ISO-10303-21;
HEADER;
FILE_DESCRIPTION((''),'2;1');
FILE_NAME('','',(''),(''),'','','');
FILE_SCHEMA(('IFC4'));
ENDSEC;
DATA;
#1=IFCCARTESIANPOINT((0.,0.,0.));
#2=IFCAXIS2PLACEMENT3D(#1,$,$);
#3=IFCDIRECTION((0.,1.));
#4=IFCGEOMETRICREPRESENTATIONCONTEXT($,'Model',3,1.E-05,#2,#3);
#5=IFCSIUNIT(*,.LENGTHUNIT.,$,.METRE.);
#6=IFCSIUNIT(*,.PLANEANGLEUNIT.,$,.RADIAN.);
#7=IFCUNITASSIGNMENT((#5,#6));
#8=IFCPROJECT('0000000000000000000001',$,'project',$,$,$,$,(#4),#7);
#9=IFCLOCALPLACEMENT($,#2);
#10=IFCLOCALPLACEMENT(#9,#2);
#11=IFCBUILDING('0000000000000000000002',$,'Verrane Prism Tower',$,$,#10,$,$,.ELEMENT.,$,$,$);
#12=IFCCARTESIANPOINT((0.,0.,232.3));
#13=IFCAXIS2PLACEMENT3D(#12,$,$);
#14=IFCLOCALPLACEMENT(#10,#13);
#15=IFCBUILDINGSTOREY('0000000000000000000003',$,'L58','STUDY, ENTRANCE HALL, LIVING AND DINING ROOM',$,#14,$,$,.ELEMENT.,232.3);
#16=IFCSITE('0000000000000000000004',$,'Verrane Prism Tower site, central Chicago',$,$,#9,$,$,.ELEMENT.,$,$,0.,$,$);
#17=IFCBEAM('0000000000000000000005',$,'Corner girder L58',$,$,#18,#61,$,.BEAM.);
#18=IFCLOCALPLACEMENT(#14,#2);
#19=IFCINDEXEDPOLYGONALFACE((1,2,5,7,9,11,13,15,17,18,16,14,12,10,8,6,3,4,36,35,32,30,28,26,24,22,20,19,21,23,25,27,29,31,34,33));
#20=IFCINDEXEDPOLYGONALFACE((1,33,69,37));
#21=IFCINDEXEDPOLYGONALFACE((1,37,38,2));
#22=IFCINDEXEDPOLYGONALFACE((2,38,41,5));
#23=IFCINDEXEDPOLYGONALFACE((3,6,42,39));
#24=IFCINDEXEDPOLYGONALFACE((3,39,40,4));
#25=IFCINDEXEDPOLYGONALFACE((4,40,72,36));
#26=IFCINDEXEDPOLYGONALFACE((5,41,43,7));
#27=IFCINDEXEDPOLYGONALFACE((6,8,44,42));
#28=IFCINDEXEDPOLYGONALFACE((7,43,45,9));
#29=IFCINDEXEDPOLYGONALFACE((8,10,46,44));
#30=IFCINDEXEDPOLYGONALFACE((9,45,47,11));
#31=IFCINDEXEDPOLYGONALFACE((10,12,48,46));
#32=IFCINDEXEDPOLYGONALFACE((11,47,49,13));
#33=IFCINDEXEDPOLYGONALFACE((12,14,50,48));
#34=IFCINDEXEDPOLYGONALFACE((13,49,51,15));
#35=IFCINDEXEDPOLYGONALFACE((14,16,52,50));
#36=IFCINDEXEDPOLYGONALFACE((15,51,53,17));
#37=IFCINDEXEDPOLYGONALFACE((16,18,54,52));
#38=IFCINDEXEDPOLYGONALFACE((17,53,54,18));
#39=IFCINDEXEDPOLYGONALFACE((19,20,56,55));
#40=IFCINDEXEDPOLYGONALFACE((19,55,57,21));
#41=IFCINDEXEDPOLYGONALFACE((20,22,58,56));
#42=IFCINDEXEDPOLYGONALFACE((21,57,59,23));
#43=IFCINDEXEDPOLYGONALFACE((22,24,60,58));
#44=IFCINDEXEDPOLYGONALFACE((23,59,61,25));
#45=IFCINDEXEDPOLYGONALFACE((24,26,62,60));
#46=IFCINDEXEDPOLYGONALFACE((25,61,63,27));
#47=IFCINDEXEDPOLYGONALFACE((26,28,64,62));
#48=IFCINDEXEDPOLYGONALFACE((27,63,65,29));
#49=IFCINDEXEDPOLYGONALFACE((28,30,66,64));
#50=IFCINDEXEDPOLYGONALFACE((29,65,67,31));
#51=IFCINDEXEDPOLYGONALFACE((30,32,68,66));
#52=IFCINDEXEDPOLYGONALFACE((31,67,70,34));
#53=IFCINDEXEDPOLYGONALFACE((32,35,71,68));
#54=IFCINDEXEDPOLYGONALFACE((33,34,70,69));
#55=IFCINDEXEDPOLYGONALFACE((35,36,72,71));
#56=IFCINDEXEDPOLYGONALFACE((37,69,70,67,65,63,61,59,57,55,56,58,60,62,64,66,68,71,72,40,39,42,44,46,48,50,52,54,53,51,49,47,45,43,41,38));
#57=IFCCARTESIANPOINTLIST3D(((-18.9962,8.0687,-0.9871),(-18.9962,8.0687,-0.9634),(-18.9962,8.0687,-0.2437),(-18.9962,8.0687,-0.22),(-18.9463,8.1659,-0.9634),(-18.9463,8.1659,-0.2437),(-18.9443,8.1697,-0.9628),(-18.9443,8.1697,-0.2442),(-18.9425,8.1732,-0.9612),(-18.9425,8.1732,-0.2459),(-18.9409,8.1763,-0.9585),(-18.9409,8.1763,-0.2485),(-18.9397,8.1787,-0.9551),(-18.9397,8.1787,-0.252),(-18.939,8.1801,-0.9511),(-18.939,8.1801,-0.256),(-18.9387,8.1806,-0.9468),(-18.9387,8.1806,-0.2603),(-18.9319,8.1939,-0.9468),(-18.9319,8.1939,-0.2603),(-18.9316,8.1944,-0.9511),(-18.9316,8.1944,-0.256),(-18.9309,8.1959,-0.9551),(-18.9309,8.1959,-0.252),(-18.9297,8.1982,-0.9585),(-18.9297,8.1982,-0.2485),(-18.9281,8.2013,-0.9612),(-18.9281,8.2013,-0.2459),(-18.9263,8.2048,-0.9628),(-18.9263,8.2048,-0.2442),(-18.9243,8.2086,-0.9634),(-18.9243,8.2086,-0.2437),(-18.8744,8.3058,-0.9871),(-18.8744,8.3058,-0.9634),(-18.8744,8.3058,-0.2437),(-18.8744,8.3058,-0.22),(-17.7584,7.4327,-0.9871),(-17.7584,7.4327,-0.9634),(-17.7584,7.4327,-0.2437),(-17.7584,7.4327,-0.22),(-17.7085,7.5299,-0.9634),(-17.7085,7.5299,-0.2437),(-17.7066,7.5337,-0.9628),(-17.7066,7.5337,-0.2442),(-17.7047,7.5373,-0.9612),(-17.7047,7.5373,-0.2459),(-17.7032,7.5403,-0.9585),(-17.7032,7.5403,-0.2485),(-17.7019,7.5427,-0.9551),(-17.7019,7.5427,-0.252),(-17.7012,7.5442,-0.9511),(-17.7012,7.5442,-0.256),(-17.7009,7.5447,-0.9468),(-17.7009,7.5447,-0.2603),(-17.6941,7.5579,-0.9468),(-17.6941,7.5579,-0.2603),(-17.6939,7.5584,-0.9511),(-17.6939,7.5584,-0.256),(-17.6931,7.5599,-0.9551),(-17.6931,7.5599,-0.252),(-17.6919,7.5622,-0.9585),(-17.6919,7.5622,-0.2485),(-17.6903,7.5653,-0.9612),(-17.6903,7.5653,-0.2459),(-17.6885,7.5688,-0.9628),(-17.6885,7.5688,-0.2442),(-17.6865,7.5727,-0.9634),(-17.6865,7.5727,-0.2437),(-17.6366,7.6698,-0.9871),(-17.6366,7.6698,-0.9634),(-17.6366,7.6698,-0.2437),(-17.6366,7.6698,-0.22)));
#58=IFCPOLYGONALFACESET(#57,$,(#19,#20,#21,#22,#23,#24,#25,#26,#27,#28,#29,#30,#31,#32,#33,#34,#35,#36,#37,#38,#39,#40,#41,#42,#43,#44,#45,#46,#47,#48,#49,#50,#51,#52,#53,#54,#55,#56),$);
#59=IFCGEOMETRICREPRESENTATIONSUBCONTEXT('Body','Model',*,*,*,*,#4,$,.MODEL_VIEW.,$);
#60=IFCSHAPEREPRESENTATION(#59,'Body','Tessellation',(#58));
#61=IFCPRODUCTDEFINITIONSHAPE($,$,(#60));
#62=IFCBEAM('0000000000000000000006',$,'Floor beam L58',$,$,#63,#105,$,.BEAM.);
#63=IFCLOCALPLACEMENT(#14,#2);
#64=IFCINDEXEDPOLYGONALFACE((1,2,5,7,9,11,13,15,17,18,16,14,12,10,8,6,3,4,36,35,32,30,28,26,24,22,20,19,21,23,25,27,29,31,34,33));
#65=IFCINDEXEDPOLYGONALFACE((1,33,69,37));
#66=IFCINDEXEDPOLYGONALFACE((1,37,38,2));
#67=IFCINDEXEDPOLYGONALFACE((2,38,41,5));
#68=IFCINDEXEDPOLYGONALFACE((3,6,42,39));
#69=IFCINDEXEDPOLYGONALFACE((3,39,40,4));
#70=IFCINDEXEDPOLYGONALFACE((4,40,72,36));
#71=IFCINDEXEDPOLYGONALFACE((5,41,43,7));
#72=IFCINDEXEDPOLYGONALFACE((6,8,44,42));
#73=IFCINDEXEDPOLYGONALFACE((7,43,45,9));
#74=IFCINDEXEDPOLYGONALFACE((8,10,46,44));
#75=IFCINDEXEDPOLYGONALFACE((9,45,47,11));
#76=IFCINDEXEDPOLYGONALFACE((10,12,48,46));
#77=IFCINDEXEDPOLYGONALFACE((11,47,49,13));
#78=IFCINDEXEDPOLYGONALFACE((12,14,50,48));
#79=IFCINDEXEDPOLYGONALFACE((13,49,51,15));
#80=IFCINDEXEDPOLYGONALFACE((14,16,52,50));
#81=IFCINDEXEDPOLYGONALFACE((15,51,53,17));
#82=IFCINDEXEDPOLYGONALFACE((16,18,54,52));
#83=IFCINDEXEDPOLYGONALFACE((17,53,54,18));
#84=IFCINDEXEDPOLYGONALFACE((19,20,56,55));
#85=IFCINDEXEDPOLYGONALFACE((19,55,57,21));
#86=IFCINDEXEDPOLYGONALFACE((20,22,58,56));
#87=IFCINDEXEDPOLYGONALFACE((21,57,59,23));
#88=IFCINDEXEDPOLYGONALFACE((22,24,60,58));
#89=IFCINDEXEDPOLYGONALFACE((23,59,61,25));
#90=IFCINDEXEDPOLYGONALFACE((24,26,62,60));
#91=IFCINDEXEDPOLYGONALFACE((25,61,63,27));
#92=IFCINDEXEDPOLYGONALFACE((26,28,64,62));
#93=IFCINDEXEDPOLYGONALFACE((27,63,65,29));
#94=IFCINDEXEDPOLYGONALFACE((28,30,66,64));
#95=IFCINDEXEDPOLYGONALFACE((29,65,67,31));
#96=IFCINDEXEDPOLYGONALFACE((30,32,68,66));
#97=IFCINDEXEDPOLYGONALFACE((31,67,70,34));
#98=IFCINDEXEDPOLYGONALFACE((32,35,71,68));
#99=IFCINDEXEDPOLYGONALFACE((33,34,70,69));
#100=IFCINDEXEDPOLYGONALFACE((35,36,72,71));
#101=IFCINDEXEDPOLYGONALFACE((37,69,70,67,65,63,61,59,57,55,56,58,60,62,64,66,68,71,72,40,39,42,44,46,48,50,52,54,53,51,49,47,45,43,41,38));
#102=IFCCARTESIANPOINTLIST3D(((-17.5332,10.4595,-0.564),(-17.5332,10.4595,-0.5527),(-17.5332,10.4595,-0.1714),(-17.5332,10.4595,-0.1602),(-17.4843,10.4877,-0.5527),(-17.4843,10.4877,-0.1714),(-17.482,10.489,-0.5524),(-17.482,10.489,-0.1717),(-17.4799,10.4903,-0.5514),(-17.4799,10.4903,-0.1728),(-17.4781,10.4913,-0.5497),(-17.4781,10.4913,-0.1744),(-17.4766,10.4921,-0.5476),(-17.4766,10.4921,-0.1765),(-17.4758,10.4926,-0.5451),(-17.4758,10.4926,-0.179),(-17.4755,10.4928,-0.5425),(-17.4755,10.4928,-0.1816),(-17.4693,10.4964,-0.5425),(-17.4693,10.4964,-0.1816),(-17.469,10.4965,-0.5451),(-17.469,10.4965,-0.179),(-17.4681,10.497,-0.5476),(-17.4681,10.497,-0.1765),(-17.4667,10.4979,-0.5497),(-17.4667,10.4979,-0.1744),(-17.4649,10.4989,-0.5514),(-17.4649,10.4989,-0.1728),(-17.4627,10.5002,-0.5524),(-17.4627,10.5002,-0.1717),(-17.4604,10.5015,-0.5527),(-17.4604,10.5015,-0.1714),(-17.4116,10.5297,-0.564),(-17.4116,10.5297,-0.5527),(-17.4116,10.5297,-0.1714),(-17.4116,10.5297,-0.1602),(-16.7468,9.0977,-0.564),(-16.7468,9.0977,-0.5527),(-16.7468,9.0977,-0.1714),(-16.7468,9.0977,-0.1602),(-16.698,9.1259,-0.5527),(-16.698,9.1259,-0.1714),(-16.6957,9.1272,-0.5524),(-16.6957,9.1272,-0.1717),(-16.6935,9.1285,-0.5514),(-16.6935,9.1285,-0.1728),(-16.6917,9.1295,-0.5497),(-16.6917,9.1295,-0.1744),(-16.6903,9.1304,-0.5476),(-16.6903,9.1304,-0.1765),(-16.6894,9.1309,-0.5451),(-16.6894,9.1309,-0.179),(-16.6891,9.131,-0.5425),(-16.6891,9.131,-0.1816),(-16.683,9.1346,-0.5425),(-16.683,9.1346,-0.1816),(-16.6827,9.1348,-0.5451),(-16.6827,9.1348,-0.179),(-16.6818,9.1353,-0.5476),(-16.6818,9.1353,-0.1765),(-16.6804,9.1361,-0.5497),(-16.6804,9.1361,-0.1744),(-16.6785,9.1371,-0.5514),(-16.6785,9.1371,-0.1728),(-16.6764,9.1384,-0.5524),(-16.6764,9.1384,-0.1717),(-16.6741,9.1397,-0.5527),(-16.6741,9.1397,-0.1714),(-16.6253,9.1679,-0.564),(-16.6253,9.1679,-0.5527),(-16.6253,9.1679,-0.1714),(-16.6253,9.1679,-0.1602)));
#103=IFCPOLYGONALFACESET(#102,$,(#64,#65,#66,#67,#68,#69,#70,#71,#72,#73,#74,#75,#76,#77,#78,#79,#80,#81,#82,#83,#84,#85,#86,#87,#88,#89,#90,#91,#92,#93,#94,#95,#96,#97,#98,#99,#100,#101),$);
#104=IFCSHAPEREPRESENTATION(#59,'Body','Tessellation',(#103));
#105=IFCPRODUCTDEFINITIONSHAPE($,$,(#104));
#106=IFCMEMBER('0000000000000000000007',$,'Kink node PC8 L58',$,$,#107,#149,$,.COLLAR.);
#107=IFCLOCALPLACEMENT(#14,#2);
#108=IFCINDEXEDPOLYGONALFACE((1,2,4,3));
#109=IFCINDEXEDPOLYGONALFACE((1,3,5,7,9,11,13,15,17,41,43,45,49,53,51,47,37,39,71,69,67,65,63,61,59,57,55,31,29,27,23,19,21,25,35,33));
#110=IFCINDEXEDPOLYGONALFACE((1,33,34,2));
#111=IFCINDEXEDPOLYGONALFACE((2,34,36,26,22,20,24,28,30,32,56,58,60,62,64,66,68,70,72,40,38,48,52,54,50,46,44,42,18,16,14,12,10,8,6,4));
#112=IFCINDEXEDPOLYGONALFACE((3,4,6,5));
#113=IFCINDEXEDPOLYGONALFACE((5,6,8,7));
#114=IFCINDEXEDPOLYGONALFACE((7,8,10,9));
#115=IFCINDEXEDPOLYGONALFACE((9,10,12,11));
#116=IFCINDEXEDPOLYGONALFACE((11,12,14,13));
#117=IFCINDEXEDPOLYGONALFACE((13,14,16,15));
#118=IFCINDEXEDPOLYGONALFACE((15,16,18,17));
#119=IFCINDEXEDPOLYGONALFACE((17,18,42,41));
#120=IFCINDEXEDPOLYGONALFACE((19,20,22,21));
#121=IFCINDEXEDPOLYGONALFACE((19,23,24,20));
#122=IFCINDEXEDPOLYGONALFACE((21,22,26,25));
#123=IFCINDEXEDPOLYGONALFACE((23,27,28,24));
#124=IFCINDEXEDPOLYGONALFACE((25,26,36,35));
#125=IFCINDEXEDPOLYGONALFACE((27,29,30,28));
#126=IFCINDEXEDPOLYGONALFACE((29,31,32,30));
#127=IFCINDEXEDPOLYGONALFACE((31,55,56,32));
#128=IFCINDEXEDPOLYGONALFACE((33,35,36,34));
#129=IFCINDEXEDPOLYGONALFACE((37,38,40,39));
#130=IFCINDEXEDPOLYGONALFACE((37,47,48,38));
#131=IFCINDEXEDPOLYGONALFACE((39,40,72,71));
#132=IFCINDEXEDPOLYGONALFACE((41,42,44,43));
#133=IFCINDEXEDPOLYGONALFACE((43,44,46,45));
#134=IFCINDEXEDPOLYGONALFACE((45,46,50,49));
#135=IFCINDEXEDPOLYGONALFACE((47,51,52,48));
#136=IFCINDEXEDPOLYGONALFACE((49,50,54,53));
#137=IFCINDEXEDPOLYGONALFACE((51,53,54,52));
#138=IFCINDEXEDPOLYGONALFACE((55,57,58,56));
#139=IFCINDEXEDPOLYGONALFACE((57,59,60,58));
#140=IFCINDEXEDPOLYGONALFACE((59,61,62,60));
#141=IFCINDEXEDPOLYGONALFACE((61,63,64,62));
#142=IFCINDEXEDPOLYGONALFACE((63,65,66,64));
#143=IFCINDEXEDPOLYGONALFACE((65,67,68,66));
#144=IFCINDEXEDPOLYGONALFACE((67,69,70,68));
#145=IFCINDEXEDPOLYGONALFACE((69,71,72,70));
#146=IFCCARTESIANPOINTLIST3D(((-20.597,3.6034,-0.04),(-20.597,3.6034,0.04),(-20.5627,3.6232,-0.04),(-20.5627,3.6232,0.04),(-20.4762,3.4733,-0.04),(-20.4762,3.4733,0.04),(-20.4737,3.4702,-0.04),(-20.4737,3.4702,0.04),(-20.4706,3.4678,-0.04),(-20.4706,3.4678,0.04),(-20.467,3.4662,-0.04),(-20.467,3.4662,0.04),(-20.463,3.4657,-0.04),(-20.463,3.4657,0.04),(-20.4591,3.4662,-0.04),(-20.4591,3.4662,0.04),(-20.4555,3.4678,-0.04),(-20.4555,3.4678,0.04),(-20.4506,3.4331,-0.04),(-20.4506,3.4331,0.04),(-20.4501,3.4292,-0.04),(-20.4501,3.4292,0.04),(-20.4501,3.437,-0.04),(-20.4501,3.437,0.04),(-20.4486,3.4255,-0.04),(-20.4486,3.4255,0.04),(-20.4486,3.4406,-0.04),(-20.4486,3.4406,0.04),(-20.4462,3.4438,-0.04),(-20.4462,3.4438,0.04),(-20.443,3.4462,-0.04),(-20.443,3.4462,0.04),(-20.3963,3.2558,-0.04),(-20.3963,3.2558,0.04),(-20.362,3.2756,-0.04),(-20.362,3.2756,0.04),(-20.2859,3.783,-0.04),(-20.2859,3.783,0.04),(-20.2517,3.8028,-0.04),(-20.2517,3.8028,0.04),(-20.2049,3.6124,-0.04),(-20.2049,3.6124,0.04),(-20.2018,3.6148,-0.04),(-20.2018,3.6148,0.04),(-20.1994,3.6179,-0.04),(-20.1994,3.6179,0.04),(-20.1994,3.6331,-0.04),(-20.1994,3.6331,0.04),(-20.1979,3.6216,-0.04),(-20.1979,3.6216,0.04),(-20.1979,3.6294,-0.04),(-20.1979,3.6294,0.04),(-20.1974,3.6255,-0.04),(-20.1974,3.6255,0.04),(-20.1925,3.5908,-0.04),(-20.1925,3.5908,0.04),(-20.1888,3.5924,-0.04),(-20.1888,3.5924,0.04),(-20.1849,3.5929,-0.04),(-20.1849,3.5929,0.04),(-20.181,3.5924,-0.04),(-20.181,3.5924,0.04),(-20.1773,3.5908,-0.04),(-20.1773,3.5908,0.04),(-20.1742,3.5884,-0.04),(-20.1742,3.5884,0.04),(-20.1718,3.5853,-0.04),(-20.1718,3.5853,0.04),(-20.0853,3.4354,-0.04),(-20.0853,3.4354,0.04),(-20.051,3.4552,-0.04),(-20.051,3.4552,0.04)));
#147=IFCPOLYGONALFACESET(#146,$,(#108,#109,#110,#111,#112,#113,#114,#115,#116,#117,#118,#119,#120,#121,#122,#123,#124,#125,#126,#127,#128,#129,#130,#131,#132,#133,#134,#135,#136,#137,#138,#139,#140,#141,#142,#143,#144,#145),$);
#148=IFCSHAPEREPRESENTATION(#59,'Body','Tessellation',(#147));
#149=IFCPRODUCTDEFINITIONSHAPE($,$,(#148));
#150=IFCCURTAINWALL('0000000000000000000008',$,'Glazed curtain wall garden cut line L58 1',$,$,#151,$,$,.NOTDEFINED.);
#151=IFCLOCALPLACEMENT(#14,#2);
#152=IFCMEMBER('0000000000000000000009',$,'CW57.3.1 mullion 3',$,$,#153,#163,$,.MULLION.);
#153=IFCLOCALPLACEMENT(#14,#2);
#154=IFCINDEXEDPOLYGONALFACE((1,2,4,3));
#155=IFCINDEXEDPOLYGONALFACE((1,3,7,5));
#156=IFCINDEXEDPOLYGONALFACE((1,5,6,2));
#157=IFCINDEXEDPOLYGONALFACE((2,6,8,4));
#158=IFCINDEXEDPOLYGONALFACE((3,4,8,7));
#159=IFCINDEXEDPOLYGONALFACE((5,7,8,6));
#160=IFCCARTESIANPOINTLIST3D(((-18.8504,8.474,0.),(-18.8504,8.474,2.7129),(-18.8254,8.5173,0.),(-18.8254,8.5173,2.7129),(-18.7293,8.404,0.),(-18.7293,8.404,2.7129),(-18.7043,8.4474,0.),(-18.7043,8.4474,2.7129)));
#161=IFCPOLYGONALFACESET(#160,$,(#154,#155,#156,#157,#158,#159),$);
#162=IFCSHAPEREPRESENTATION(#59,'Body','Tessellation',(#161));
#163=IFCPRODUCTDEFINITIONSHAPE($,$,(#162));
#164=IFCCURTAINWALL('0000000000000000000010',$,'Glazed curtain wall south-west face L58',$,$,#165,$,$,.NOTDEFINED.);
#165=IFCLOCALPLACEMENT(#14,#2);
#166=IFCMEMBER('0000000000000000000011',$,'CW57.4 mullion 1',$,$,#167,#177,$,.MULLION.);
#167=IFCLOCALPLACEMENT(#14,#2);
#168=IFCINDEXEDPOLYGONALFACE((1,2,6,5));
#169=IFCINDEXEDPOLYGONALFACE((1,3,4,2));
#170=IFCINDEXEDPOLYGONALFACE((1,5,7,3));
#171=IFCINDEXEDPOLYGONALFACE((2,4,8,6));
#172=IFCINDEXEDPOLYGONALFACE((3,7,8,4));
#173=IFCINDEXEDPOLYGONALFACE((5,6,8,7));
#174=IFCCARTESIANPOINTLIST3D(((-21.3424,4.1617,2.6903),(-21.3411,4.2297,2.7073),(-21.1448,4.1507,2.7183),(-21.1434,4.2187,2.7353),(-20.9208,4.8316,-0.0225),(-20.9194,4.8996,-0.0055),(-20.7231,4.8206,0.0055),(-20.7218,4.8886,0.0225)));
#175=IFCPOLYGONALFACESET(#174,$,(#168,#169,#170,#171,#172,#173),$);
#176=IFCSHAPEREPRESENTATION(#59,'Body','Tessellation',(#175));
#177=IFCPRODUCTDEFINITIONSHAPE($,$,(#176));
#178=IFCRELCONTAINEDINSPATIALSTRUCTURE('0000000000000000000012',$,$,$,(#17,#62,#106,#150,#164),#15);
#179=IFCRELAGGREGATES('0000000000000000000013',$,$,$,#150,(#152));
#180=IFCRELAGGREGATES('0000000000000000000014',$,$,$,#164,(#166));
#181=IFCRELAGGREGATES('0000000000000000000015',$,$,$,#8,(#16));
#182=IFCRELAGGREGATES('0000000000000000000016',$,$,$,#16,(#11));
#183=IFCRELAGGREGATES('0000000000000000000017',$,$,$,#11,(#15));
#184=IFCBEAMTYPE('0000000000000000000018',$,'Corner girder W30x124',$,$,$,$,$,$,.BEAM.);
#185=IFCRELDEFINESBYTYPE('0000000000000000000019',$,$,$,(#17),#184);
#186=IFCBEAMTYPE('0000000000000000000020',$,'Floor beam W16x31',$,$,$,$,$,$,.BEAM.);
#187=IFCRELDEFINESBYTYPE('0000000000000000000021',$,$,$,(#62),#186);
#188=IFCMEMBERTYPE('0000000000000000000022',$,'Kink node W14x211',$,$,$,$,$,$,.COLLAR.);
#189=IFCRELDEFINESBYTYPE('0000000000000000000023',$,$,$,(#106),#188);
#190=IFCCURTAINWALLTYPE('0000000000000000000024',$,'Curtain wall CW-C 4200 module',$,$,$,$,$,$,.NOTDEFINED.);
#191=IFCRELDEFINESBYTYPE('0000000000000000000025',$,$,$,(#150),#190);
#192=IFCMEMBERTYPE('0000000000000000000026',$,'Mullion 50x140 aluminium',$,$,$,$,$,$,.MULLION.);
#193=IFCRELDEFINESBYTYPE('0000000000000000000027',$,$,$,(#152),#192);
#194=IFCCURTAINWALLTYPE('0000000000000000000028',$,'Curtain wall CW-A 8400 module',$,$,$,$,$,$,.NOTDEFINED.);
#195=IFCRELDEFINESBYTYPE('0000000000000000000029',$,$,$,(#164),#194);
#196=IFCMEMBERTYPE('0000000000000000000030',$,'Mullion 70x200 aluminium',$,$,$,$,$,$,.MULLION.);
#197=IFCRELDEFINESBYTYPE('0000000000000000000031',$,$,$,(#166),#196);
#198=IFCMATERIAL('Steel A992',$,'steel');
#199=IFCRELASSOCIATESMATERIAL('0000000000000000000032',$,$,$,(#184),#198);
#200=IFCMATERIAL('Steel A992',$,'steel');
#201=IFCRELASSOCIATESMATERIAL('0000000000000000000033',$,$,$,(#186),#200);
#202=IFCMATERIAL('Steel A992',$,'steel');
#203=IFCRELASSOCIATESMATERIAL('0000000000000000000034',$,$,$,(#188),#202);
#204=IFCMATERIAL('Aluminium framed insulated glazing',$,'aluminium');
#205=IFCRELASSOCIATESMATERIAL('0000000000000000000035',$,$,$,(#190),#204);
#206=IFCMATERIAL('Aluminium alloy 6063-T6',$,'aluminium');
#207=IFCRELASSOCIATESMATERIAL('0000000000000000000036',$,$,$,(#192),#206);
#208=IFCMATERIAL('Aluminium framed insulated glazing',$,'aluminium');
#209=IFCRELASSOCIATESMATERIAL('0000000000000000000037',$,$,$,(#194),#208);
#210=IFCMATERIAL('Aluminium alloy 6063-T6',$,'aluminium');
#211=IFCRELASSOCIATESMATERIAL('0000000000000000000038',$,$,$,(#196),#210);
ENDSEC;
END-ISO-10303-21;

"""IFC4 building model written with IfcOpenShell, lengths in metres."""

from ifc_helpers import new_model, si_unit, direction, frame, origin, origin_2d, place, context, subcontext, project, spatial, rectangle, i_section, extrude, material, material_profile, profile_set, type_object, element, aggregate, save


model = new_model("IFC4")

# Units and contexts
model_context = context("Model", 3, precision=1e-05, world=origin(), true_north=direction((0.0, 1.0)))
body_context = subcontext(model_context, "Body", "Model", "MODEL_VIEW")
ifc_project = project(units=[si_unit("LENGTHUNIT", "METRE"), si_unit("PLANEANGLEUNIT", "RADIAN")], contexts=[model_context])

# Site, building, storey
site_placement = place(None, origin())
site = spatial("IfcSite", under=ifc_project, at=site_placement, Name="Verrane Prism Tower site, central Chicago", CompositionType="ELEMENT", RefElevation=0.0)
building_placement = place(site_placement, origin())
building = spatial("IfcBuilding", under=site, at=building_placement, Name="Verrane Prism Tower", CompositionType="ELEMENT")
storey_placement = place(building_placement, frame((0.0, 0.0, 232.3)))
storey = spatial("IfcBuildingStorey", under=building, at=storey_placement, Name="L58", Description="STUDY, ENTRANCE HALL, LIVING AND DINING ROOM", CompositionType="ELEMENT", Elevation=232.3)

# Beams
ifc_material_1 = material(Name="Steel A992", Category="steel")
ifc_material_profile_1 = material_profile(ifc_material_1, i_section(OverallWidth=0.2666, OverallDepth=0.7671, WebThickness=0.0149, FlangeThickness=0.0237, FilletRadius=0.0166, at=origin_2d()), Name="W30x124")
ifc_profile_set_1 = profile_set([ifc_material_profile_1], Name="Steel A992")
beam_type_1 = type_object("IfcBeamType", Name="Corner girder W30x124", PredefinedType="BEAM", material=ifc_profile_set_1)
beam_1_placement = place(storey_placement, frame((-18.9353, 8.1873, -0.6035), z_axis=(0.889461, -0.457011, 0.0), x_axis=(0.457011, 0.889461, 0.0)))
element("IfcBeam", 1, at=beam_1_placement, inside=storey, type_object=beam_type_1, Name="Corner girder L58", PredefinedType="BEAM", context=body_context, shape_type="SweptSolid", body=[
    extrude(i_section(OverallWidth=0.2666, OverallDepth=0.7671, WebThickness=0.0149, FlangeThickness=0.0237, FilletRadius=0.0166, at=origin_2d()), origin(), (0.0, 0.0, 1.0), 1.3916),
])
ifc_material_2 = material(Name="Steel A992", Category="steel")
ifc_material_profile_2 = material_profile(ifc_material_2, i_section(OverallWidth=0.1404, OverallDepth=0.4038, WebThickness=0.0071, FlangeThickness=0.0112, FilletRadius=0.0103, at=origin_2d()), Name="W16x31")
ifc_profile_set_2 = profile_set([ifc_material_profile_2], Name="Steel A992")
beam_type_2 = type_object("IfcBeamType", Name="Floor beam W16x31", PredefinedType="BEAM", material=ifc_profile_set_2)
beam_2_placement = place(storey_placement, frame((-16.686, 9.1328, -0.3621), z_axis=(-0.500063, 0.865989, 0.0), x_axis=(-0.865989, -0.500063, 0.0)))
element("IfcBeam", 2, at=beam_2_placement, inside=storey, type_object=beam_type_2, Name="Floor beam L58", PredefinedType="BEAM", context=body_context, shape_type="SweptSolid", body=[
    extrude(i_section(OverallWidth=0.1404, OverallDepth=0.4038, WebThickness=0.0071, FlangeThickness=0.0112, FilletRadius=0.0103, at=origin_2d()), origin(), (0.0, 0.0, 1.0), 1.5725),
])

# Member
ifc_material_3 = material(Name="Steel A992", Category="steel")
ifc_material_profile_3 = material_profile(ifc_material_3, i_section(OverallWidth=0.4014, OverallDepth=0.3987, WebThickness=0.0249, FlangeThickness=0.0396, FilletRadius=0.0151, at=origin_2d()), Name="W14x211")
ifc_profile_set_3 = profile_set([ifc_material_profile_3], Name="Steel A992")
member_type_1 = type_object("IfcMemberType", Name="Kink node W14x211", PredefinedType="COLLAR", material=ifc_profile_set_3)
member_1_placement = place(storey_placement, frame((-20.324, 3.5293, -0.04), z_axis=(0.0, 0.0, 1.0), x_axis=(-0.5, 0.866025, 0.0)))
element("IfcMember", 3, at=member_1_placement, inside=storey, type_object=member_type_1, Name="Kink node PC8 L58", PredefinedType="COLLAR", context=body_context, shape_type="SweptSolid", body=[
    extrude(i_section(OverallWidth=0.4014, OverallDepth=0.3987, WebThickness=0.0249, FlangeThickness=0.0396, FilletRadius=0.0151, at=origin_2d()), origin(), (0.0, 0.0, 1.0), 0.0801),
])

# Curtain walls, members
ifc_material_4 = material(Name="Aluminium framed insulated glazing", Category="aluminium")
curtain_wall_type_1 = type_object("IfcCurtainWallType", Name="Curtain wall CW-C 4200 module", PredefinedType="NOTDEFINED", material=ifc_material_4)
curtain_wall_1_placement = place(storey_placement, origin())
curtain_wall_1 = element("IfcCurtainWall", 4, at=curtain_wall_1_placement, inside=storey, type_object=curtain_wall_type_1, Name="Glazed curtain wall garden cut line L58 1", PredefinedType="NOTDEFINED")
ifc_material_5 = material(Name="Aluminium alloy 6063-T6", Category="aluminium")
ifc_material_profile_4 = material_profile(ifc_material_5, rectangle(XDim=0.1399, YDim=0.05, at=origin_2d()), Name="Mullion 50x140 aluminium")
ifc_profile_set_4 = profile_set([ifc_material_profile_4], Name="Aluminium alloy 6063-T6")
member_type_2 = type_object("IfcMemberType", Name="Mullion 50x140 aluminium", PredefinedType="MULLION", material=ifc_profile_set_4)
member_2_placement = place(storey_placement, frame((-18.7773, 8.4607, 0.0), z_axis=(0.0, 0.0, 1.0), x_axis=(0.866025, -0.500001, 0.0)))
member_2 = element("IfcMember", 5, at=member_2_placement, type_object=member_type_2, Name="CW57.3.1 mullion 3", PredefinedType="MULLION", context=body_context, shape_type="SweptSolid", body=[
    extrude(rectangle(XDim=0.1399, YDim=0.05, at=origin_2d()), origin(), (0.0, 0.0, 1.0), 2.7129),
])
ifc_material_6 = material(Name="Aluminium framed insulated glazing", Category="aluminium")
curtain_wall_type_2 = type_object("IfcCurtainWallType", Name="Curtain wall CW-A 8400 module", PredefinedType="NOTDEFINED", material=ifc_material_6)
curtain_wall_2_placement = place(storey_placement, origin())
curtain_wall_2 = element("IfcCurtainWall", 6, at=curtain_wall_2_placement, inside=storey, type_object=curtain_wall_type_2, Name="Glazed curtain wall south-west face L58", PredefinedType="NOTDEFINED")
ifc_material_7 = material(Name="Aluminium alloy 6063-T6", Category="aluminium")
ifc_material_profile_5 = material_profile(ifc_material_7, rectangle(XDim=0.2, YDim=0.0701, at=origin_2d()), Name="Mullion 70x200 aluminium")
ifc_profile_set_5 = profile_set([ifc_material_profile_5], Name="Aluminium alloy 6063-T6")
member_type_3 = type_object("IfcMemberType", Name="Mullion 70x200 aluminium", PredefinedType="MULLION", material=ifc_profile_set_5)
member_3_placement = place(storey_placement, frame((-20.8213, 4.8601, 0.0), z_axis=(-0.149196, -0.237056, 0.959971), x_axis=(0.988612, -0.055068, 0.140049)))
member_3 = element("IfcMember", 7, at=member_3_placement, type_object=member_type_3, Name="CW57.4 mullion 1", PredefinedType="MULLION", context=body_context, shape_type="SweptSolid", body=[
    extrude(rectangle(XDim=0.2, YDim=0.0701, at=origin_2d()), origin(), (0.0, 0.0, 1.0), 2.8259),
])

aggregate(curtain_wall_1, [member_2])
aggregate(curtain_wall_2, [member_3])

save(model, "model.ifc")
